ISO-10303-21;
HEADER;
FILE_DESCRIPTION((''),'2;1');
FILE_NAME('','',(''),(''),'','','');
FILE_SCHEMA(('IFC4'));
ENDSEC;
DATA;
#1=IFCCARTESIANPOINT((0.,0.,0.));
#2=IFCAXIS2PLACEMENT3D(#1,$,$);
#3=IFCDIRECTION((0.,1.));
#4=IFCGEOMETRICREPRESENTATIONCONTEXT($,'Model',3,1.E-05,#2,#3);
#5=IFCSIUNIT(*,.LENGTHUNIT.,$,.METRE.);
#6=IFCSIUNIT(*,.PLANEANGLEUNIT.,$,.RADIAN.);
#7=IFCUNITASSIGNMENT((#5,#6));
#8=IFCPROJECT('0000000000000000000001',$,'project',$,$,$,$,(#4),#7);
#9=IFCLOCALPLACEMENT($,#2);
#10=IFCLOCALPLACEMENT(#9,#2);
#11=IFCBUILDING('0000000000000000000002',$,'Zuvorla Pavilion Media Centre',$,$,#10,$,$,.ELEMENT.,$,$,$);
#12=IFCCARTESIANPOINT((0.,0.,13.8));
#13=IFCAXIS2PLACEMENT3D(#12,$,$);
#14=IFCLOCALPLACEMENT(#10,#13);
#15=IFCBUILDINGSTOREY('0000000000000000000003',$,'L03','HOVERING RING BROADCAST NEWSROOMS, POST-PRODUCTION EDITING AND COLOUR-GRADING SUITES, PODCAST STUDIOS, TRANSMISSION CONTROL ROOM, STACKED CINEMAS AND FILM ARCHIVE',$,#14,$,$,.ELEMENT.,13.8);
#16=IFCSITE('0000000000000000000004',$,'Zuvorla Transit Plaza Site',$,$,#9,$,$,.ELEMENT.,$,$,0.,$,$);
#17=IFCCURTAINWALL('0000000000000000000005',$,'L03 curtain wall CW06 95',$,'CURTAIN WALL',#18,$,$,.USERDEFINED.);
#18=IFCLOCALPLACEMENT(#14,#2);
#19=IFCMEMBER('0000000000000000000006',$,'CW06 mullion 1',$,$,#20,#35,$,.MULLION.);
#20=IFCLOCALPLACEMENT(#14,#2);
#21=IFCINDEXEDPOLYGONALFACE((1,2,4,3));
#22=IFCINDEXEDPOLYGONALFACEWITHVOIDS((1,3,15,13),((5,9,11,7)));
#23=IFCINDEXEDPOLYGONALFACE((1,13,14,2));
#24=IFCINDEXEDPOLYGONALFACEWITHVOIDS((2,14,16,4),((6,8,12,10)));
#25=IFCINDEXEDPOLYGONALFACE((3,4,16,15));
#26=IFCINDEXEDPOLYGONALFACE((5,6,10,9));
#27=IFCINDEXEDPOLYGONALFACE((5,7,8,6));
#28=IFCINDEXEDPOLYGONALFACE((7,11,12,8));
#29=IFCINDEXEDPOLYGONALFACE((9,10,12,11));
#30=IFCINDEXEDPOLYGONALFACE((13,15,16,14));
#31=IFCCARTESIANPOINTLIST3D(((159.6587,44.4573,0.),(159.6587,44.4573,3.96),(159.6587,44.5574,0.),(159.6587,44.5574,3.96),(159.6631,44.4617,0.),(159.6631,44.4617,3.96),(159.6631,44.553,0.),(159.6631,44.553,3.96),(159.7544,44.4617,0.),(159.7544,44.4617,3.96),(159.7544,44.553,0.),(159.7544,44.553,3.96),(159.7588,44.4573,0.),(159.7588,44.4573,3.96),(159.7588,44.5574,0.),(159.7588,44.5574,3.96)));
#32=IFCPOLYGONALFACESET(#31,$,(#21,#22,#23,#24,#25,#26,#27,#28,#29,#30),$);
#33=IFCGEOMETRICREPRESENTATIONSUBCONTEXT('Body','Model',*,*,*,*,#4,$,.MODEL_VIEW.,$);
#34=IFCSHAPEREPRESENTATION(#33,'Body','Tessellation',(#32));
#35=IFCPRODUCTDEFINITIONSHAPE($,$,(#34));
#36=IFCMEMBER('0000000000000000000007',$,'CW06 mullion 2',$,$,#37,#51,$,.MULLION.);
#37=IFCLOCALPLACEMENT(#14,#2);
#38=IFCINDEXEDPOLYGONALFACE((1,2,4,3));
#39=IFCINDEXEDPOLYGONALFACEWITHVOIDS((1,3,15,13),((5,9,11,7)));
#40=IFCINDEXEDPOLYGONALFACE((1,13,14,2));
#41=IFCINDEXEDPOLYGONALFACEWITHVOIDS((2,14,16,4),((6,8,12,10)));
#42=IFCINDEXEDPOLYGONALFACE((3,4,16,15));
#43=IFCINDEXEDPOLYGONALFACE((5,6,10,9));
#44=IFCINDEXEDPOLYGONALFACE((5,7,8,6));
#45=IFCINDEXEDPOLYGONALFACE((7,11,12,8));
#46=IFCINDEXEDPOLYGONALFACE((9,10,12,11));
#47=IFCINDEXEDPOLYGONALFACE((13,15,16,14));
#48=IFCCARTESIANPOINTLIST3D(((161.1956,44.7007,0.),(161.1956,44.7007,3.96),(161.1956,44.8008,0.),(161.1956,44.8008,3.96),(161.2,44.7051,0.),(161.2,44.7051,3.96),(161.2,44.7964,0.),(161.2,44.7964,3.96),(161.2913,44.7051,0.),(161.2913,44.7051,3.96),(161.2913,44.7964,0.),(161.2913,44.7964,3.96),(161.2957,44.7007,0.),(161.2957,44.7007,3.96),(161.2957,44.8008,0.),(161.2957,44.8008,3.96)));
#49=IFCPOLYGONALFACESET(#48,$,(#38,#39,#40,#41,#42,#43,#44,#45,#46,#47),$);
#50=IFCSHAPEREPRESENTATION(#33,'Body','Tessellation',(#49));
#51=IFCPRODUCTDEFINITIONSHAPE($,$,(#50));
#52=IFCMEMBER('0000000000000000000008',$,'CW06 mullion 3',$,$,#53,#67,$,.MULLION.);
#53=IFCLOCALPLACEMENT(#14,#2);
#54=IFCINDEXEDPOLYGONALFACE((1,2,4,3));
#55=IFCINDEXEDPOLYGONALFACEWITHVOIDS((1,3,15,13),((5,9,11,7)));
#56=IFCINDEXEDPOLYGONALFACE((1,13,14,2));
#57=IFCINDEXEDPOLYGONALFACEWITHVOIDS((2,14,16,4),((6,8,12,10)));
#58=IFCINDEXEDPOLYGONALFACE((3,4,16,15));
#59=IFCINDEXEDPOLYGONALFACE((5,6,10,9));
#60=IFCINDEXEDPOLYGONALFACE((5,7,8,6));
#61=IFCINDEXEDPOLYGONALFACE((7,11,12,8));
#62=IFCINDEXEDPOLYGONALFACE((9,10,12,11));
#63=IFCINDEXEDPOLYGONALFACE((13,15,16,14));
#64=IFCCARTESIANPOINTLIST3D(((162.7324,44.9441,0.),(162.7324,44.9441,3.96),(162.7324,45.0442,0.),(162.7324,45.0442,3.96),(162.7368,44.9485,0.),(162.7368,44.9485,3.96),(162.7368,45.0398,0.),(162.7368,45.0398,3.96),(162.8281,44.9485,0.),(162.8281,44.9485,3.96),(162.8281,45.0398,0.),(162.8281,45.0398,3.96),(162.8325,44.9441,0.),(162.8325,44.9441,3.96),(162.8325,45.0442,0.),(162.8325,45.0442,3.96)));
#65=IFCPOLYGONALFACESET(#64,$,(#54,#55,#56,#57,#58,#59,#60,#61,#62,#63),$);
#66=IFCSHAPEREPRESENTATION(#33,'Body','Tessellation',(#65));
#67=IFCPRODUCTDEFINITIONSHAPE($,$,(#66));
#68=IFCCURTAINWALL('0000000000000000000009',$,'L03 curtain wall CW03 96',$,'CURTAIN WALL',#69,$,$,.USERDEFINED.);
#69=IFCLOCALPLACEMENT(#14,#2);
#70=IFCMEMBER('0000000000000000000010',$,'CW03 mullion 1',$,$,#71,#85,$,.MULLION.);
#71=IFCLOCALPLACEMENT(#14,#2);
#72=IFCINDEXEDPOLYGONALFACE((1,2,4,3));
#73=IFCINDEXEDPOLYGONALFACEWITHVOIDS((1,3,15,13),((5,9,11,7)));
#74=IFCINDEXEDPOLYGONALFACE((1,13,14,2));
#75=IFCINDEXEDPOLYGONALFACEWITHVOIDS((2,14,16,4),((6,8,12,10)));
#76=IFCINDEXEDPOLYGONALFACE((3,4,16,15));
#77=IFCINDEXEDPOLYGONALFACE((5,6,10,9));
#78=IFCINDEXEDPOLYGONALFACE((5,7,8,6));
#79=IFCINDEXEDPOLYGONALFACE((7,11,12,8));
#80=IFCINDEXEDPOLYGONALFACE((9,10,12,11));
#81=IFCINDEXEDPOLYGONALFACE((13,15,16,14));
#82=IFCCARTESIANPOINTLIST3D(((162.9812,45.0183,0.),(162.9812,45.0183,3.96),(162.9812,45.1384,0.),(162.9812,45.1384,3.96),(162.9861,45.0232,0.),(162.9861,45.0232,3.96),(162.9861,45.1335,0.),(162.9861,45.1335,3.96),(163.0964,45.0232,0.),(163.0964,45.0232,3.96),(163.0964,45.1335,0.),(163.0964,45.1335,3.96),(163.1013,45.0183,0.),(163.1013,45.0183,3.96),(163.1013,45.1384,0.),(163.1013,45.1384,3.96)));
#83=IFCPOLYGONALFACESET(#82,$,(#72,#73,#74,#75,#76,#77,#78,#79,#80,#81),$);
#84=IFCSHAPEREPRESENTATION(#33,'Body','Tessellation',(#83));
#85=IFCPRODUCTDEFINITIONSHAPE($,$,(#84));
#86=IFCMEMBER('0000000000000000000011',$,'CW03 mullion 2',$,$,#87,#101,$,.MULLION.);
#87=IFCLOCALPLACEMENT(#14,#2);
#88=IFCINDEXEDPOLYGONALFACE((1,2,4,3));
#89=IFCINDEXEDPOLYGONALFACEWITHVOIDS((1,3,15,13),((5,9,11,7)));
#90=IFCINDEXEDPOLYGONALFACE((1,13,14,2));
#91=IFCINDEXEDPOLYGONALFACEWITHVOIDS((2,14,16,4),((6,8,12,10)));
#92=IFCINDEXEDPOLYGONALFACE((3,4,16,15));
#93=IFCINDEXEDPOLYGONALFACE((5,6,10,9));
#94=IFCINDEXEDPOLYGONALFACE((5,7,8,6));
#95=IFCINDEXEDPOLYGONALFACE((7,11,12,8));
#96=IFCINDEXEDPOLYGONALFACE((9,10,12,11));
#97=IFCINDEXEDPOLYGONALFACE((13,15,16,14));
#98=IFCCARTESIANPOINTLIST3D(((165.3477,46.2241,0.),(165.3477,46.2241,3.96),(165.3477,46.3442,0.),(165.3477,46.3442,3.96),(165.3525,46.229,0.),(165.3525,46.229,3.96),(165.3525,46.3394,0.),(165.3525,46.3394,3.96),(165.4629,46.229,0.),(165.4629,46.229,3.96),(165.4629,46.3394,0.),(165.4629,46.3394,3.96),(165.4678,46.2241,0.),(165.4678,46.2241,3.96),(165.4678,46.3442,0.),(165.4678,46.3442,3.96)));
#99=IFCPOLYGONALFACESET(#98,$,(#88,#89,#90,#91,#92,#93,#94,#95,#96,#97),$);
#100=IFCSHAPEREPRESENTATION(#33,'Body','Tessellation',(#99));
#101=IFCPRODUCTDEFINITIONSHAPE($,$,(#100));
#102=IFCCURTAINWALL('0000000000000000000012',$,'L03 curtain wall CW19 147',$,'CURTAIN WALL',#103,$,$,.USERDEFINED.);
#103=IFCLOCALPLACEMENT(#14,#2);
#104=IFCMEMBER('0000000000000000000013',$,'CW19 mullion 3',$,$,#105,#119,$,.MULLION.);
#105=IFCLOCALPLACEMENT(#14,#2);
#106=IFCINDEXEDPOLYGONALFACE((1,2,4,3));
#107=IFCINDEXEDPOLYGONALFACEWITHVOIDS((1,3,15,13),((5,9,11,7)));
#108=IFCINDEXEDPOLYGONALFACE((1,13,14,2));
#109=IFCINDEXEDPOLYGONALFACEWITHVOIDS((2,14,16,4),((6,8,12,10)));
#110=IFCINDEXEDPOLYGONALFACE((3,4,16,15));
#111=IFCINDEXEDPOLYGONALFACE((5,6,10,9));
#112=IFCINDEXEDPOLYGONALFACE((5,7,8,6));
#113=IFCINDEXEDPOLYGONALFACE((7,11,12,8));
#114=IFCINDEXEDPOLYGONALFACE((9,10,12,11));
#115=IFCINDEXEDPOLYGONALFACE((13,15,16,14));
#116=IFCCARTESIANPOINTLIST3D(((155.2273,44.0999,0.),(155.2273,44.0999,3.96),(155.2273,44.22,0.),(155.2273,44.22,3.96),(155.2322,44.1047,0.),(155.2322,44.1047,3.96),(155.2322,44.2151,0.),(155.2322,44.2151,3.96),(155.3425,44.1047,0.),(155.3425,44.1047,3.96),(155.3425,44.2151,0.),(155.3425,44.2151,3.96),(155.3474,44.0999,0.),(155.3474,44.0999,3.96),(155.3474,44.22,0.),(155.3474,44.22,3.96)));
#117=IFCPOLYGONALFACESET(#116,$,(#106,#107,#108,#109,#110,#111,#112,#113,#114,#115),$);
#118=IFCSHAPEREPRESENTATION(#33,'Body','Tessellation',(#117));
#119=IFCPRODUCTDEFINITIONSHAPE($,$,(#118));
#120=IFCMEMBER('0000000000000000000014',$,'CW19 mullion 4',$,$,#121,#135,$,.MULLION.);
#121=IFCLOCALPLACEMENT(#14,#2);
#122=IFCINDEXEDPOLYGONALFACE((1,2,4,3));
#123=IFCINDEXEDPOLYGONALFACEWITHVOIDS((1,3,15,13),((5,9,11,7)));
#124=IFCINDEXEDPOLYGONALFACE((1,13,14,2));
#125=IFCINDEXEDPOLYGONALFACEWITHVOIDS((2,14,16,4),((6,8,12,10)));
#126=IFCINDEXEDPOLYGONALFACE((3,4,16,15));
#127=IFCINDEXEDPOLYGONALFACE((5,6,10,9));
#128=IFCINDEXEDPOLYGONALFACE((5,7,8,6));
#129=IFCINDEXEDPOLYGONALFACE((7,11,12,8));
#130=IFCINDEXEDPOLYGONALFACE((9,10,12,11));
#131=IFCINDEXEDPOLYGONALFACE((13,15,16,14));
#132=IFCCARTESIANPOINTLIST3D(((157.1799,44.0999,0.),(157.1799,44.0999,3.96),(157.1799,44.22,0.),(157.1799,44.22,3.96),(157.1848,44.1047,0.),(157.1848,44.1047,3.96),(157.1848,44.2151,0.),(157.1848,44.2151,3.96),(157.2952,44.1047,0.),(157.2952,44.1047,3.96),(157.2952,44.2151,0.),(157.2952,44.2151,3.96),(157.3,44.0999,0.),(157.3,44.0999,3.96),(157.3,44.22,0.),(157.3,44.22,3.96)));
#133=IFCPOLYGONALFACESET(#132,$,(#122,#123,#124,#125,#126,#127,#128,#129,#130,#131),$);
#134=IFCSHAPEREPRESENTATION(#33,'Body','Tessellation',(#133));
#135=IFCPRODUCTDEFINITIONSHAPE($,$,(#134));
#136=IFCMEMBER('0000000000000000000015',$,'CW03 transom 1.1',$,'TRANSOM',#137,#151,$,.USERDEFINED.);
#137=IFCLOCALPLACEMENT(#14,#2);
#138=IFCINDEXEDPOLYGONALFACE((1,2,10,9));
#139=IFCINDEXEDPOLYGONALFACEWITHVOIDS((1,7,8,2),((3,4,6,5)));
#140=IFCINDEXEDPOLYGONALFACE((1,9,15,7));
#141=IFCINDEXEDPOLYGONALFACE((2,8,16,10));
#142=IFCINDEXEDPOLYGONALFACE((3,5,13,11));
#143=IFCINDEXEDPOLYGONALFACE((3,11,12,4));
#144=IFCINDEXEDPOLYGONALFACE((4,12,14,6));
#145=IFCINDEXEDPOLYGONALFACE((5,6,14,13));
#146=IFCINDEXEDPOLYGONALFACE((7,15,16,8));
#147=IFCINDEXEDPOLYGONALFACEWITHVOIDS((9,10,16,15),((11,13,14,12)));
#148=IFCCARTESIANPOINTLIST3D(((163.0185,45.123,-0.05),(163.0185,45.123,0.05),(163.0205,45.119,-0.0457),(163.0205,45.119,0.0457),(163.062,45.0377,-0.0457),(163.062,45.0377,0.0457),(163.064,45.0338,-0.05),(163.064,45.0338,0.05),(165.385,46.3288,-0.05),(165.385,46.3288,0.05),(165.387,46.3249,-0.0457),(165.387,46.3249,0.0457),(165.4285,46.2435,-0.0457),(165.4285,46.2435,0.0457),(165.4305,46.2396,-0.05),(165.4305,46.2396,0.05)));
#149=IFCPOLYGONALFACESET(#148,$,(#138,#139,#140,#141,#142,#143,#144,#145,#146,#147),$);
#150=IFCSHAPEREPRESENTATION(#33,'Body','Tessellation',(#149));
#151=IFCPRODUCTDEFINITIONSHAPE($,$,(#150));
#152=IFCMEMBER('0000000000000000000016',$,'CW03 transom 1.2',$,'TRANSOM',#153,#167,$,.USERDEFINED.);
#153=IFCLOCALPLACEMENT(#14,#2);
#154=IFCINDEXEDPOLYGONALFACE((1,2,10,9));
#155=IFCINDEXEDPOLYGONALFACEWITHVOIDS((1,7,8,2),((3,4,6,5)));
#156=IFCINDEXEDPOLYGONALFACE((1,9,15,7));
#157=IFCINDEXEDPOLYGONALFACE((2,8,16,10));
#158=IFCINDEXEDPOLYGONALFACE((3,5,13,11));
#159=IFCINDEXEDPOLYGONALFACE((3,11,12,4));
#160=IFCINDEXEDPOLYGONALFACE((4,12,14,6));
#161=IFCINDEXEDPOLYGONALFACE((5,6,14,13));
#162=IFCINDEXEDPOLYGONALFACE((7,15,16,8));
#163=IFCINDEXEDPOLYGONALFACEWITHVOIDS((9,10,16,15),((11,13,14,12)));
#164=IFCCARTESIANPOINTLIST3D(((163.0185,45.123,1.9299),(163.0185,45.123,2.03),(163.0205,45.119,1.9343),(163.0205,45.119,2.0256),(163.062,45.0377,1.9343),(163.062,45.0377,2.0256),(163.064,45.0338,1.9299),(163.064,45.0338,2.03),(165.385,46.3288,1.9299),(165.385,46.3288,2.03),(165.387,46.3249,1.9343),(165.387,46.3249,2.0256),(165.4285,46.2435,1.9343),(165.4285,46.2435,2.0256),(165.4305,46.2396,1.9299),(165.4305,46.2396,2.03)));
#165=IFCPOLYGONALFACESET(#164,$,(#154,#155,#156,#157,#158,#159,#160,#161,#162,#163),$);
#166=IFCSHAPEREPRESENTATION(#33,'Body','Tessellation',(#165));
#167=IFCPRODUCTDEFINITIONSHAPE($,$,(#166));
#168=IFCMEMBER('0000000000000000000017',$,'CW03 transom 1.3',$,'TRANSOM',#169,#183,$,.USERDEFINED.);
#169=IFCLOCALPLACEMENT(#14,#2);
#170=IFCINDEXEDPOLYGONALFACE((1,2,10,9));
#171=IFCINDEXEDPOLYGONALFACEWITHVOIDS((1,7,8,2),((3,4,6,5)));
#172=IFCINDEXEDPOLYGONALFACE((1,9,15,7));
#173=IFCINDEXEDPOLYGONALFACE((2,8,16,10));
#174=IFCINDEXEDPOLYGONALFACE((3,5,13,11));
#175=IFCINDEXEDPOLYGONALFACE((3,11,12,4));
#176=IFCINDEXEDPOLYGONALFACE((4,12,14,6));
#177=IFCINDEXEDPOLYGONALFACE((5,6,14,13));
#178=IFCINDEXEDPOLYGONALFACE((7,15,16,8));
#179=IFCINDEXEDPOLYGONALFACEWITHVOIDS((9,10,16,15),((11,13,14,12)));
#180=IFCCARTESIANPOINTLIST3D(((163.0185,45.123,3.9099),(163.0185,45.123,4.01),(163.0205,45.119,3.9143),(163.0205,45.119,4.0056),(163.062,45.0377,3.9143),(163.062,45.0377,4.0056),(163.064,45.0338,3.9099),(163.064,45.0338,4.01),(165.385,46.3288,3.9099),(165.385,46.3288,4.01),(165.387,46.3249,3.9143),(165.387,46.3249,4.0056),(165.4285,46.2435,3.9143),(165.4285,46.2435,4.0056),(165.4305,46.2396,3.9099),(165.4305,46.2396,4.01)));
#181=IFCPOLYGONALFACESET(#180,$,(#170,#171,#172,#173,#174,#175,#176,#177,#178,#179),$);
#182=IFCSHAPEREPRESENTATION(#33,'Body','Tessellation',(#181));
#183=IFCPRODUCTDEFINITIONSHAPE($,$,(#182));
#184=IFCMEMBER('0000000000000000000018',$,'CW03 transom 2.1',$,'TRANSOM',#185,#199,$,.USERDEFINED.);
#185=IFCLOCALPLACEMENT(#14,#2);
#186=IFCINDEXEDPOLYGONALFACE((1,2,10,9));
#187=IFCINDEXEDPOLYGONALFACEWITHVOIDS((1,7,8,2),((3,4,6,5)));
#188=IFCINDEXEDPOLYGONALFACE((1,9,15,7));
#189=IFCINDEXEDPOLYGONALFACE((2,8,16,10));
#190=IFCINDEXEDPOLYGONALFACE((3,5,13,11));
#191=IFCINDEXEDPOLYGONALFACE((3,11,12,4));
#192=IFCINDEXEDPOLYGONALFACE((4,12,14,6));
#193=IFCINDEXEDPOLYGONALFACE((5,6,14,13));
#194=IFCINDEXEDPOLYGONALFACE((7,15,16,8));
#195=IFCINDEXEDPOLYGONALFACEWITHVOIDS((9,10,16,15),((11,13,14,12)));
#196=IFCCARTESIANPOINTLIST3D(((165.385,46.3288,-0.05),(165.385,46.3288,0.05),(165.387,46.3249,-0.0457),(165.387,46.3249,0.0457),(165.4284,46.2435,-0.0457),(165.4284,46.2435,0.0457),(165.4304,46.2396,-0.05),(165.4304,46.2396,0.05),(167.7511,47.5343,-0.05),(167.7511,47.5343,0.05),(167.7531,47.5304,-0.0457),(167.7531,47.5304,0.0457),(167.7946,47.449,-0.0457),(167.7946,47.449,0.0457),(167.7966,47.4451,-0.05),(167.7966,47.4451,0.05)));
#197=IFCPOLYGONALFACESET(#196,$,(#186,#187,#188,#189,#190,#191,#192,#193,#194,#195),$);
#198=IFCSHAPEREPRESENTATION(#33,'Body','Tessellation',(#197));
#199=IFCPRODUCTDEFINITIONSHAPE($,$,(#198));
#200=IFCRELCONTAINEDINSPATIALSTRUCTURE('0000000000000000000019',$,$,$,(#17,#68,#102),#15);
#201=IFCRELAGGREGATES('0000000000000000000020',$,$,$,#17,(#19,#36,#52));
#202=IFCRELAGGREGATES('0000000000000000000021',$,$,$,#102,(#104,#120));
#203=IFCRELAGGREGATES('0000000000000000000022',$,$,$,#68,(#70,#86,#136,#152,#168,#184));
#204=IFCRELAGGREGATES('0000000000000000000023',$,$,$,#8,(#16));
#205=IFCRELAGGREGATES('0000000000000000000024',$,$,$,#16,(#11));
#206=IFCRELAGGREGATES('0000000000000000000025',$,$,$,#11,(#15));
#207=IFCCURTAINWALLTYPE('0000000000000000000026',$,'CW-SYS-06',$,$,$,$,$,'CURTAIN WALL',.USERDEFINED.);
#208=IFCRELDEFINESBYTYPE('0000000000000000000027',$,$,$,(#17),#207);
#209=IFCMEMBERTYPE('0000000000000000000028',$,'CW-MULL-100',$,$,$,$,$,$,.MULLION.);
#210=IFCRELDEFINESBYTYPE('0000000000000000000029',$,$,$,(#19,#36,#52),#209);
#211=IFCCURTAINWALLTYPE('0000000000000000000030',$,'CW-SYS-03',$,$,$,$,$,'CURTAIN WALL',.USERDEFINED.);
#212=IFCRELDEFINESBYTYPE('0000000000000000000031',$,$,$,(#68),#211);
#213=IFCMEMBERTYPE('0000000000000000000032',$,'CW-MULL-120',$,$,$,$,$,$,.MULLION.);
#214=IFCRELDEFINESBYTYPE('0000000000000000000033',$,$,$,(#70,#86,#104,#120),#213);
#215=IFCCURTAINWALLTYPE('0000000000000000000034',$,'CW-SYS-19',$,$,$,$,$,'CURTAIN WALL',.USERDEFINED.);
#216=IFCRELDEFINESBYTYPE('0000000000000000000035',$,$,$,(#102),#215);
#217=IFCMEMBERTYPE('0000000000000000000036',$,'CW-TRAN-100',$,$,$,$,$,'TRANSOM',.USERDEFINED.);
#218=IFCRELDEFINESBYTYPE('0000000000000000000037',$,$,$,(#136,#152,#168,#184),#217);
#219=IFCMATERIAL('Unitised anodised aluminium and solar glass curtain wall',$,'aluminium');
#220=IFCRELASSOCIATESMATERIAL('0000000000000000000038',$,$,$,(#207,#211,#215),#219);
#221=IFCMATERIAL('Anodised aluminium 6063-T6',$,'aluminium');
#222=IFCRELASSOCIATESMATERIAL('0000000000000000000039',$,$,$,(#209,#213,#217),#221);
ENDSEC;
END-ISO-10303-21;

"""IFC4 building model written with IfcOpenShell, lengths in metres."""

from ifc_helpers import new_model, si_unit, direction, frame, origin, origin_2d, place, context, subcontext, project, spatial, hollow_rectangle, extrude, material, material_profile, profile_set, type_object, element, aggregate, save


model = new_model("IFC4")

# Units and contexts
model_context = context("Model", 3, precision=1e-05, world=origin(), true_north=direction((0.0, 1.0)))
body_context = subcontext(model_context, "Body", "Model", "MODEL_VIEW")
ifc_project = project(units=[si_unit("LENGTHUNIT", "METRE"), si_unit("PLANEANGLEUNIT", "RADIAN")], contexts=[model_context])

# Site, building, storey
site_placement = place(None, origin())
site = spatial("IfcSite", under=ifc_project, at=site_placement, Name="Zuvorla Transit Plaza Site", CompositionType="ELEMENT", RefElevation=0.0)
building_placement = place(site_placement, origin())
building = spatial("IfcBuilding", under=site, at=building_placement, Name="Zuvorla Pavilion Media Centre", CompositionType="ELEMENT")
storey_placement = place(building_placement, frame((0.0, 0.0, 13.8)))
storey = spatial("IfcBuildingStorey", under=building, at=storey_placement, Name="L03", Description="HOVERING RING BROADCAST NEWSROOMS, POST-PRODUCTION EDITING AND COLOUR-GRADING SUITES, PODCAST STUDIOS, TRANSMISSION CONTROL ROOM, STACKED CINEMAS AND FILM ARCHIVE", CompositionType="ELEMENT", Elevation=13.8)

# Curtain walls, members
ifc_material_1 = material(Name="Unitised anodised aluminium and solar glass curtain wall", Category="aluminium")
curtain_wall_type_1 = type_object("IfcCurtainWallType", Name="CW-SYS-06", ElementType="CURTAIN WALL", PredefinedType="USERDEFINED", material=ifc_material_1)
curtain_wall_1_placement = place(storey_placement, origin())
curtain_wall_1 = element("IfcCurtainWall", 1, at=curtain_wall_1_placement, inside=storey, type_object=curtain_wall_type_1, Name="L03 curtain wall CW06 95", ObjectType="CURTAIN WALL", PredefinedType="USERDEFINED")
ifc_material_2 = material(Name="Anodised aluminium 6063-T6", Category="aluminium")
ifc_material_profile_1 = material_profile(ifc_material_2, hollow_rectangle(XDim=0.1001, YDim=0.1001, WallThickness=0.0044, at=origin_2d()), Name="ALU MULL 100x100")
ifc_profile_set_1 = profile_set([ifc_material_profile_1], Name="Anodised aluminium 6063-T6")
member_type_1 = type_object("IfcMemberType", Name="CW-MULL-100", PredefinedType="MULLION", material=ifc_profile_set_1)
member_1_placement = place(storey_placement, frame((159.7087, 44.5073, 0.0), z_axis=(0.0, 0.0, 1.0), x_axis=(1.0, 0.0, 0.0)))
member_1 = element("IfcMember", 2, at=member_1_placement, type_object=member_type_1, Name="CW06 mullion 1", PredefinedType="MULLION", context=body_context, shape_type="SweptSolid", body=[
    extrude(hollow_rectangle(XDim=0.1001, YDim=0.1001, WallThickness=0.0044, at=origin_2d()), origin(), (0.0, 0.0, 1.0), 3.96),
])
member_2_placement = place(storey_placement, frame((161.2456, 44.7507, 0.0), z_axis=(0.0, 0.0, 1.0), x_axis=(1.0, 0.0, 0.0)))
member_2 = element("IfcMember", 3, at=member_2_placement, type_object=member_type_1, Name="CW06 mullion 2", PredefinedType="MULLION", context=body_context, shape_type="SweptSolid", body=[
    extrude(hollow_rectangle(XDim=0.1001, YDim=0.1001, WallThickness=0.0044, at=origin_2d()), origin(), (0.0, 0.0, 1.0), 3.96),
])
member_3_placement = place(storey_placement, frame((162.7825, 44.9941, 0.0), z_axis=(0.0, 0.0, 1.0), x_axis=(1.0, 0.0, 0.0)))
member_3 = element("IfcMember", 4, at=member_3_placement, type_object=member_type_1, Name="CW06 mullion 3", PredefinedType="MULLION", context=body_context, shape_type="SweptSolid", body=[
    extrude(hollow_rectangle(XDim=0.1001, YDim=0.1001, WallThickness=0.0044, at=origin_2d()), origin(), (0.0, 0.0, 1.0), 3.96),
])
curtain_wall_type_2 = type_object("IfcCurtainWallType", Name="CW-SYS-03", ElementType="CURTAIN WALL", PredefinedType="USERDEFINED", material=ifc_material_1)
curtain_wall_2_placement = place(storey_placement, origin())
curtain_wall_2 = element("IfcCurtainWall", 5, at=curtain_wall_2_placement, inside=storey, type_object=curtain_wall_type_2, Name="L03 curtain wall CW03 96", ObjectType="CURTAIN WALL", PredefinedType="USERDEFINED")
ifc_material_profile_2 = material_profile(ifc_material_2, hollow_rectangle(XDim=0.1201, YDim=0.1201, WallThickness=0.0049, at=origin_2d()), Name="ALU MULL 120x120")
ifc_profile_set_2 = profile_set([ifc_material_profile_2], Name="Anodised aluminium 6063-T6")
member_type_2 = type_object("IfcMemberType", Name="CW-MULL-120", PredefinedType="MULLION", material=ifc_profile_set_2)
member_4_placement = place(storey_placement, frame((163.0413, 45.0784, 0.0), z_axis=(0.0, 0.0, 1.0), x_axis=(1.0, 0.0, 0.0)))
member_4 = element("IfcMember", 6, at=member_4_placement, type_object=member_type_2, Name="CW03 mullion 1", PredefinedType="MULLION", context=body_context, shape_type="SweptSolid", body=[
    extrude(hollow_rectangle(XDim=0.1201, YDim=0.1201, WallThickness=0.0049, at=origin_2d()), origin(), (0.0, 0.0, 1.0), 3.96),
])
member_5_placement = place(storey_placement, frame((165.4077, 46.2842, 0.0), z_axis=(0.0, 0.0, 1.0), x_axis=(1.0, 0.0, 0.0)))
member_5 = element("IfcMember", 7, at=member_5_placement, type_object=member_type_2, Name="CW03 mullion 2", PredefinedType="MULLION", context=body_context, shape_type="SweptSolid", body=[
    extrude(hollow_rectangle(XDim=0.1201, YDim=0.1201, WallThickness=0.0049, at=origin_2d()), origin(), (0.0, 0.0, 1.0), 3.96),
])
curtain_wall_type_3 = type_object("IfcCurtainWallType", Name="CW-SYS-19", ElementType="CURTAIN WALL", PredefinedType="USERDEFINED", material=ifc_material_1)
curtain_wall_3_placement = place(storey_placement, origin())
curtain_wall_3 = element("IfcCurtainWall", 8, at=curtain_wall_3_placement, inside=storey, type_object=curtain_wall_type_3, Name="L03 curtain wall CW19 147", ObjectType="CURTAIN WALL", PredefinedType="USERDEFINED")
member_6_placement = place(storey_placement, frame((155.2874, 44.1599, 0.0), z_axis=(0.0, 0.0, 1.0), x_axis=(1.0, 0.0, 0.0)))
member_6 = element("IfcMember", 9, at=member_6_placement, type_object=member_type_2, Name="CW19 mullion 3", PredefinedType="MULLION", context=body_context, shape_type="SweptSolid", body=[
    extrude(hollow_rectangle(XDim=0.1201, YDim=0.1201, WallThickness=0.0049, at=origin_2d()), origin(), (0.0, 0.0, 1.0), 3.96),
])
member_7_placement = place(storey_placement, frame((157.24, 44.1599, 0.0), z_axis=(0.0, 0.0, 1.0), x_axis=(1.0, 0.0, 0.0)))
member_7 = element("IfcMember", 10, at=member_7_placement, type_object=member_type_2, Name="CW19 mullion 4", PredefinedType="MULLION", context=body_context, shape_type="SweptSolid", body=[
    extrude(hollow_rectangle(XDim=0.1201, YDim=0.1201, WallThickness=0.0049, at=origin_2d()), origin(), (0.0, 0.0, 1.0), 3.96),
])

# Members
ifc_material_profile_3 = material_profile(ifc_material_2, hollow_rectangle(XDim=0.1001, YDim=0.1001, WallThickness=0.0044, at=origin_2d()), Name="ALU TRAN 100x100")
ifc_profile_set_3 = profile_set([ifc_material_profile_3], Name="Anodised aluminium 6063-T6")
member_type_3 = type_object("IfcMemberType", Name="CW-TRAN-100", ElementType="TRANSOM", PredefinedType="USERDEFINED", material=ifc_profile_set_3)
member_8_placement = place(storey_placement, frame((163.0413, 45.0784, 0.0), z_axis=(0.891, 0.454003, 0.0), x_axis=(-0.454003, 0.891, 0.0)))
member_8 = element("IfcMember", 11, at=member_8_placement, type_object=member_type_3, Name="CW03 transom 1.1", ObjectType="TRANSOM", PredefinedType="USERDEFINED", context=body_context, shape_type="SweptSolid", body=[
    extrude(hollow_rectangle(XDim=0.1001, YDim=0.1001, WallThickness=0.0044, at=origin_2d()), origin(), (0.0, 0.0, 1.0), 2.656),
])
member_9_placement = place(storey_placement, frame((163.0413, 45.0784, 1.98), z_axis=(0.891, 0.454003, 0.0), x_axis=(-0.454003, 0.891, 0.0)))
member_9 = element("IfcMember", 12, at=member_9_placement, type_object=member_type_3, Name="CW03 transom 1.2", ObjectType="TRANSOM", PredefinedType="USERDEFINED", context=body_context, shape_type="SweptSolid", body=[
    extrude(hollow_rectangle(XDim=0.1001, YDim=0.1001, WallThickness=0.0044, at=origin_2d()), origin(), (0.0, 0.0, 1.0), 2.656),
])
member_10_placement = place(storey_placement, frame((163.0413, 45.0784, 3.96), z_axis=(0.891, 0.454003, 0.0), x_axis=(-0.454003, 0.891, 0.0)))
member_10 = element("IfcMember", 13, at=member_10_placement, type_object=member_type_3, Name="CW03 transom 1.3", ObjectType="TRANSOM", PredefinedType="USERDEFINED", context=body_context, shape_type="SweptSolid", body=[
    extrude(hollow_rectangle(XDim=0.1001, YDim=0.1001, WallThickness=0.0044, at=origin_2d()), origin(), (0.0, 0.0, 1.0), 2.656),
])
member_11_placement = place(storey_placement, frame((165.4077, 46.2842, 0.0), z_axis=(0.891018, 0.453967, 0.0), x_axis=(-0.453967, 0.891018, 0.0)))
member_11 = element("IfcMember", 14, at=member_11_placement, type_object=member_type_3, Name="CW03 transom 2.1", ObjectType="TRANSOM", PredefinedType="USERDEFINED", context=body_context, shape_type="SweptSolid", body=[
    extrude(hollow_rectangle(XDim=0.1001, YDim=0.1001, WallThickness=0.0044, at=origin_2d()), origin(), (0.0, 0.0, 1.0), 2.6555),
])

aggregate(curtain_wall_1, [member_1, member_2, member_3])
aggregate(curtain_wall_3, [member_6, member_7])
aggregate(curtain_wall_2, [member_4, member_5, member_8, member_9, member_10, member_11])

save(model, "model.ifc")
